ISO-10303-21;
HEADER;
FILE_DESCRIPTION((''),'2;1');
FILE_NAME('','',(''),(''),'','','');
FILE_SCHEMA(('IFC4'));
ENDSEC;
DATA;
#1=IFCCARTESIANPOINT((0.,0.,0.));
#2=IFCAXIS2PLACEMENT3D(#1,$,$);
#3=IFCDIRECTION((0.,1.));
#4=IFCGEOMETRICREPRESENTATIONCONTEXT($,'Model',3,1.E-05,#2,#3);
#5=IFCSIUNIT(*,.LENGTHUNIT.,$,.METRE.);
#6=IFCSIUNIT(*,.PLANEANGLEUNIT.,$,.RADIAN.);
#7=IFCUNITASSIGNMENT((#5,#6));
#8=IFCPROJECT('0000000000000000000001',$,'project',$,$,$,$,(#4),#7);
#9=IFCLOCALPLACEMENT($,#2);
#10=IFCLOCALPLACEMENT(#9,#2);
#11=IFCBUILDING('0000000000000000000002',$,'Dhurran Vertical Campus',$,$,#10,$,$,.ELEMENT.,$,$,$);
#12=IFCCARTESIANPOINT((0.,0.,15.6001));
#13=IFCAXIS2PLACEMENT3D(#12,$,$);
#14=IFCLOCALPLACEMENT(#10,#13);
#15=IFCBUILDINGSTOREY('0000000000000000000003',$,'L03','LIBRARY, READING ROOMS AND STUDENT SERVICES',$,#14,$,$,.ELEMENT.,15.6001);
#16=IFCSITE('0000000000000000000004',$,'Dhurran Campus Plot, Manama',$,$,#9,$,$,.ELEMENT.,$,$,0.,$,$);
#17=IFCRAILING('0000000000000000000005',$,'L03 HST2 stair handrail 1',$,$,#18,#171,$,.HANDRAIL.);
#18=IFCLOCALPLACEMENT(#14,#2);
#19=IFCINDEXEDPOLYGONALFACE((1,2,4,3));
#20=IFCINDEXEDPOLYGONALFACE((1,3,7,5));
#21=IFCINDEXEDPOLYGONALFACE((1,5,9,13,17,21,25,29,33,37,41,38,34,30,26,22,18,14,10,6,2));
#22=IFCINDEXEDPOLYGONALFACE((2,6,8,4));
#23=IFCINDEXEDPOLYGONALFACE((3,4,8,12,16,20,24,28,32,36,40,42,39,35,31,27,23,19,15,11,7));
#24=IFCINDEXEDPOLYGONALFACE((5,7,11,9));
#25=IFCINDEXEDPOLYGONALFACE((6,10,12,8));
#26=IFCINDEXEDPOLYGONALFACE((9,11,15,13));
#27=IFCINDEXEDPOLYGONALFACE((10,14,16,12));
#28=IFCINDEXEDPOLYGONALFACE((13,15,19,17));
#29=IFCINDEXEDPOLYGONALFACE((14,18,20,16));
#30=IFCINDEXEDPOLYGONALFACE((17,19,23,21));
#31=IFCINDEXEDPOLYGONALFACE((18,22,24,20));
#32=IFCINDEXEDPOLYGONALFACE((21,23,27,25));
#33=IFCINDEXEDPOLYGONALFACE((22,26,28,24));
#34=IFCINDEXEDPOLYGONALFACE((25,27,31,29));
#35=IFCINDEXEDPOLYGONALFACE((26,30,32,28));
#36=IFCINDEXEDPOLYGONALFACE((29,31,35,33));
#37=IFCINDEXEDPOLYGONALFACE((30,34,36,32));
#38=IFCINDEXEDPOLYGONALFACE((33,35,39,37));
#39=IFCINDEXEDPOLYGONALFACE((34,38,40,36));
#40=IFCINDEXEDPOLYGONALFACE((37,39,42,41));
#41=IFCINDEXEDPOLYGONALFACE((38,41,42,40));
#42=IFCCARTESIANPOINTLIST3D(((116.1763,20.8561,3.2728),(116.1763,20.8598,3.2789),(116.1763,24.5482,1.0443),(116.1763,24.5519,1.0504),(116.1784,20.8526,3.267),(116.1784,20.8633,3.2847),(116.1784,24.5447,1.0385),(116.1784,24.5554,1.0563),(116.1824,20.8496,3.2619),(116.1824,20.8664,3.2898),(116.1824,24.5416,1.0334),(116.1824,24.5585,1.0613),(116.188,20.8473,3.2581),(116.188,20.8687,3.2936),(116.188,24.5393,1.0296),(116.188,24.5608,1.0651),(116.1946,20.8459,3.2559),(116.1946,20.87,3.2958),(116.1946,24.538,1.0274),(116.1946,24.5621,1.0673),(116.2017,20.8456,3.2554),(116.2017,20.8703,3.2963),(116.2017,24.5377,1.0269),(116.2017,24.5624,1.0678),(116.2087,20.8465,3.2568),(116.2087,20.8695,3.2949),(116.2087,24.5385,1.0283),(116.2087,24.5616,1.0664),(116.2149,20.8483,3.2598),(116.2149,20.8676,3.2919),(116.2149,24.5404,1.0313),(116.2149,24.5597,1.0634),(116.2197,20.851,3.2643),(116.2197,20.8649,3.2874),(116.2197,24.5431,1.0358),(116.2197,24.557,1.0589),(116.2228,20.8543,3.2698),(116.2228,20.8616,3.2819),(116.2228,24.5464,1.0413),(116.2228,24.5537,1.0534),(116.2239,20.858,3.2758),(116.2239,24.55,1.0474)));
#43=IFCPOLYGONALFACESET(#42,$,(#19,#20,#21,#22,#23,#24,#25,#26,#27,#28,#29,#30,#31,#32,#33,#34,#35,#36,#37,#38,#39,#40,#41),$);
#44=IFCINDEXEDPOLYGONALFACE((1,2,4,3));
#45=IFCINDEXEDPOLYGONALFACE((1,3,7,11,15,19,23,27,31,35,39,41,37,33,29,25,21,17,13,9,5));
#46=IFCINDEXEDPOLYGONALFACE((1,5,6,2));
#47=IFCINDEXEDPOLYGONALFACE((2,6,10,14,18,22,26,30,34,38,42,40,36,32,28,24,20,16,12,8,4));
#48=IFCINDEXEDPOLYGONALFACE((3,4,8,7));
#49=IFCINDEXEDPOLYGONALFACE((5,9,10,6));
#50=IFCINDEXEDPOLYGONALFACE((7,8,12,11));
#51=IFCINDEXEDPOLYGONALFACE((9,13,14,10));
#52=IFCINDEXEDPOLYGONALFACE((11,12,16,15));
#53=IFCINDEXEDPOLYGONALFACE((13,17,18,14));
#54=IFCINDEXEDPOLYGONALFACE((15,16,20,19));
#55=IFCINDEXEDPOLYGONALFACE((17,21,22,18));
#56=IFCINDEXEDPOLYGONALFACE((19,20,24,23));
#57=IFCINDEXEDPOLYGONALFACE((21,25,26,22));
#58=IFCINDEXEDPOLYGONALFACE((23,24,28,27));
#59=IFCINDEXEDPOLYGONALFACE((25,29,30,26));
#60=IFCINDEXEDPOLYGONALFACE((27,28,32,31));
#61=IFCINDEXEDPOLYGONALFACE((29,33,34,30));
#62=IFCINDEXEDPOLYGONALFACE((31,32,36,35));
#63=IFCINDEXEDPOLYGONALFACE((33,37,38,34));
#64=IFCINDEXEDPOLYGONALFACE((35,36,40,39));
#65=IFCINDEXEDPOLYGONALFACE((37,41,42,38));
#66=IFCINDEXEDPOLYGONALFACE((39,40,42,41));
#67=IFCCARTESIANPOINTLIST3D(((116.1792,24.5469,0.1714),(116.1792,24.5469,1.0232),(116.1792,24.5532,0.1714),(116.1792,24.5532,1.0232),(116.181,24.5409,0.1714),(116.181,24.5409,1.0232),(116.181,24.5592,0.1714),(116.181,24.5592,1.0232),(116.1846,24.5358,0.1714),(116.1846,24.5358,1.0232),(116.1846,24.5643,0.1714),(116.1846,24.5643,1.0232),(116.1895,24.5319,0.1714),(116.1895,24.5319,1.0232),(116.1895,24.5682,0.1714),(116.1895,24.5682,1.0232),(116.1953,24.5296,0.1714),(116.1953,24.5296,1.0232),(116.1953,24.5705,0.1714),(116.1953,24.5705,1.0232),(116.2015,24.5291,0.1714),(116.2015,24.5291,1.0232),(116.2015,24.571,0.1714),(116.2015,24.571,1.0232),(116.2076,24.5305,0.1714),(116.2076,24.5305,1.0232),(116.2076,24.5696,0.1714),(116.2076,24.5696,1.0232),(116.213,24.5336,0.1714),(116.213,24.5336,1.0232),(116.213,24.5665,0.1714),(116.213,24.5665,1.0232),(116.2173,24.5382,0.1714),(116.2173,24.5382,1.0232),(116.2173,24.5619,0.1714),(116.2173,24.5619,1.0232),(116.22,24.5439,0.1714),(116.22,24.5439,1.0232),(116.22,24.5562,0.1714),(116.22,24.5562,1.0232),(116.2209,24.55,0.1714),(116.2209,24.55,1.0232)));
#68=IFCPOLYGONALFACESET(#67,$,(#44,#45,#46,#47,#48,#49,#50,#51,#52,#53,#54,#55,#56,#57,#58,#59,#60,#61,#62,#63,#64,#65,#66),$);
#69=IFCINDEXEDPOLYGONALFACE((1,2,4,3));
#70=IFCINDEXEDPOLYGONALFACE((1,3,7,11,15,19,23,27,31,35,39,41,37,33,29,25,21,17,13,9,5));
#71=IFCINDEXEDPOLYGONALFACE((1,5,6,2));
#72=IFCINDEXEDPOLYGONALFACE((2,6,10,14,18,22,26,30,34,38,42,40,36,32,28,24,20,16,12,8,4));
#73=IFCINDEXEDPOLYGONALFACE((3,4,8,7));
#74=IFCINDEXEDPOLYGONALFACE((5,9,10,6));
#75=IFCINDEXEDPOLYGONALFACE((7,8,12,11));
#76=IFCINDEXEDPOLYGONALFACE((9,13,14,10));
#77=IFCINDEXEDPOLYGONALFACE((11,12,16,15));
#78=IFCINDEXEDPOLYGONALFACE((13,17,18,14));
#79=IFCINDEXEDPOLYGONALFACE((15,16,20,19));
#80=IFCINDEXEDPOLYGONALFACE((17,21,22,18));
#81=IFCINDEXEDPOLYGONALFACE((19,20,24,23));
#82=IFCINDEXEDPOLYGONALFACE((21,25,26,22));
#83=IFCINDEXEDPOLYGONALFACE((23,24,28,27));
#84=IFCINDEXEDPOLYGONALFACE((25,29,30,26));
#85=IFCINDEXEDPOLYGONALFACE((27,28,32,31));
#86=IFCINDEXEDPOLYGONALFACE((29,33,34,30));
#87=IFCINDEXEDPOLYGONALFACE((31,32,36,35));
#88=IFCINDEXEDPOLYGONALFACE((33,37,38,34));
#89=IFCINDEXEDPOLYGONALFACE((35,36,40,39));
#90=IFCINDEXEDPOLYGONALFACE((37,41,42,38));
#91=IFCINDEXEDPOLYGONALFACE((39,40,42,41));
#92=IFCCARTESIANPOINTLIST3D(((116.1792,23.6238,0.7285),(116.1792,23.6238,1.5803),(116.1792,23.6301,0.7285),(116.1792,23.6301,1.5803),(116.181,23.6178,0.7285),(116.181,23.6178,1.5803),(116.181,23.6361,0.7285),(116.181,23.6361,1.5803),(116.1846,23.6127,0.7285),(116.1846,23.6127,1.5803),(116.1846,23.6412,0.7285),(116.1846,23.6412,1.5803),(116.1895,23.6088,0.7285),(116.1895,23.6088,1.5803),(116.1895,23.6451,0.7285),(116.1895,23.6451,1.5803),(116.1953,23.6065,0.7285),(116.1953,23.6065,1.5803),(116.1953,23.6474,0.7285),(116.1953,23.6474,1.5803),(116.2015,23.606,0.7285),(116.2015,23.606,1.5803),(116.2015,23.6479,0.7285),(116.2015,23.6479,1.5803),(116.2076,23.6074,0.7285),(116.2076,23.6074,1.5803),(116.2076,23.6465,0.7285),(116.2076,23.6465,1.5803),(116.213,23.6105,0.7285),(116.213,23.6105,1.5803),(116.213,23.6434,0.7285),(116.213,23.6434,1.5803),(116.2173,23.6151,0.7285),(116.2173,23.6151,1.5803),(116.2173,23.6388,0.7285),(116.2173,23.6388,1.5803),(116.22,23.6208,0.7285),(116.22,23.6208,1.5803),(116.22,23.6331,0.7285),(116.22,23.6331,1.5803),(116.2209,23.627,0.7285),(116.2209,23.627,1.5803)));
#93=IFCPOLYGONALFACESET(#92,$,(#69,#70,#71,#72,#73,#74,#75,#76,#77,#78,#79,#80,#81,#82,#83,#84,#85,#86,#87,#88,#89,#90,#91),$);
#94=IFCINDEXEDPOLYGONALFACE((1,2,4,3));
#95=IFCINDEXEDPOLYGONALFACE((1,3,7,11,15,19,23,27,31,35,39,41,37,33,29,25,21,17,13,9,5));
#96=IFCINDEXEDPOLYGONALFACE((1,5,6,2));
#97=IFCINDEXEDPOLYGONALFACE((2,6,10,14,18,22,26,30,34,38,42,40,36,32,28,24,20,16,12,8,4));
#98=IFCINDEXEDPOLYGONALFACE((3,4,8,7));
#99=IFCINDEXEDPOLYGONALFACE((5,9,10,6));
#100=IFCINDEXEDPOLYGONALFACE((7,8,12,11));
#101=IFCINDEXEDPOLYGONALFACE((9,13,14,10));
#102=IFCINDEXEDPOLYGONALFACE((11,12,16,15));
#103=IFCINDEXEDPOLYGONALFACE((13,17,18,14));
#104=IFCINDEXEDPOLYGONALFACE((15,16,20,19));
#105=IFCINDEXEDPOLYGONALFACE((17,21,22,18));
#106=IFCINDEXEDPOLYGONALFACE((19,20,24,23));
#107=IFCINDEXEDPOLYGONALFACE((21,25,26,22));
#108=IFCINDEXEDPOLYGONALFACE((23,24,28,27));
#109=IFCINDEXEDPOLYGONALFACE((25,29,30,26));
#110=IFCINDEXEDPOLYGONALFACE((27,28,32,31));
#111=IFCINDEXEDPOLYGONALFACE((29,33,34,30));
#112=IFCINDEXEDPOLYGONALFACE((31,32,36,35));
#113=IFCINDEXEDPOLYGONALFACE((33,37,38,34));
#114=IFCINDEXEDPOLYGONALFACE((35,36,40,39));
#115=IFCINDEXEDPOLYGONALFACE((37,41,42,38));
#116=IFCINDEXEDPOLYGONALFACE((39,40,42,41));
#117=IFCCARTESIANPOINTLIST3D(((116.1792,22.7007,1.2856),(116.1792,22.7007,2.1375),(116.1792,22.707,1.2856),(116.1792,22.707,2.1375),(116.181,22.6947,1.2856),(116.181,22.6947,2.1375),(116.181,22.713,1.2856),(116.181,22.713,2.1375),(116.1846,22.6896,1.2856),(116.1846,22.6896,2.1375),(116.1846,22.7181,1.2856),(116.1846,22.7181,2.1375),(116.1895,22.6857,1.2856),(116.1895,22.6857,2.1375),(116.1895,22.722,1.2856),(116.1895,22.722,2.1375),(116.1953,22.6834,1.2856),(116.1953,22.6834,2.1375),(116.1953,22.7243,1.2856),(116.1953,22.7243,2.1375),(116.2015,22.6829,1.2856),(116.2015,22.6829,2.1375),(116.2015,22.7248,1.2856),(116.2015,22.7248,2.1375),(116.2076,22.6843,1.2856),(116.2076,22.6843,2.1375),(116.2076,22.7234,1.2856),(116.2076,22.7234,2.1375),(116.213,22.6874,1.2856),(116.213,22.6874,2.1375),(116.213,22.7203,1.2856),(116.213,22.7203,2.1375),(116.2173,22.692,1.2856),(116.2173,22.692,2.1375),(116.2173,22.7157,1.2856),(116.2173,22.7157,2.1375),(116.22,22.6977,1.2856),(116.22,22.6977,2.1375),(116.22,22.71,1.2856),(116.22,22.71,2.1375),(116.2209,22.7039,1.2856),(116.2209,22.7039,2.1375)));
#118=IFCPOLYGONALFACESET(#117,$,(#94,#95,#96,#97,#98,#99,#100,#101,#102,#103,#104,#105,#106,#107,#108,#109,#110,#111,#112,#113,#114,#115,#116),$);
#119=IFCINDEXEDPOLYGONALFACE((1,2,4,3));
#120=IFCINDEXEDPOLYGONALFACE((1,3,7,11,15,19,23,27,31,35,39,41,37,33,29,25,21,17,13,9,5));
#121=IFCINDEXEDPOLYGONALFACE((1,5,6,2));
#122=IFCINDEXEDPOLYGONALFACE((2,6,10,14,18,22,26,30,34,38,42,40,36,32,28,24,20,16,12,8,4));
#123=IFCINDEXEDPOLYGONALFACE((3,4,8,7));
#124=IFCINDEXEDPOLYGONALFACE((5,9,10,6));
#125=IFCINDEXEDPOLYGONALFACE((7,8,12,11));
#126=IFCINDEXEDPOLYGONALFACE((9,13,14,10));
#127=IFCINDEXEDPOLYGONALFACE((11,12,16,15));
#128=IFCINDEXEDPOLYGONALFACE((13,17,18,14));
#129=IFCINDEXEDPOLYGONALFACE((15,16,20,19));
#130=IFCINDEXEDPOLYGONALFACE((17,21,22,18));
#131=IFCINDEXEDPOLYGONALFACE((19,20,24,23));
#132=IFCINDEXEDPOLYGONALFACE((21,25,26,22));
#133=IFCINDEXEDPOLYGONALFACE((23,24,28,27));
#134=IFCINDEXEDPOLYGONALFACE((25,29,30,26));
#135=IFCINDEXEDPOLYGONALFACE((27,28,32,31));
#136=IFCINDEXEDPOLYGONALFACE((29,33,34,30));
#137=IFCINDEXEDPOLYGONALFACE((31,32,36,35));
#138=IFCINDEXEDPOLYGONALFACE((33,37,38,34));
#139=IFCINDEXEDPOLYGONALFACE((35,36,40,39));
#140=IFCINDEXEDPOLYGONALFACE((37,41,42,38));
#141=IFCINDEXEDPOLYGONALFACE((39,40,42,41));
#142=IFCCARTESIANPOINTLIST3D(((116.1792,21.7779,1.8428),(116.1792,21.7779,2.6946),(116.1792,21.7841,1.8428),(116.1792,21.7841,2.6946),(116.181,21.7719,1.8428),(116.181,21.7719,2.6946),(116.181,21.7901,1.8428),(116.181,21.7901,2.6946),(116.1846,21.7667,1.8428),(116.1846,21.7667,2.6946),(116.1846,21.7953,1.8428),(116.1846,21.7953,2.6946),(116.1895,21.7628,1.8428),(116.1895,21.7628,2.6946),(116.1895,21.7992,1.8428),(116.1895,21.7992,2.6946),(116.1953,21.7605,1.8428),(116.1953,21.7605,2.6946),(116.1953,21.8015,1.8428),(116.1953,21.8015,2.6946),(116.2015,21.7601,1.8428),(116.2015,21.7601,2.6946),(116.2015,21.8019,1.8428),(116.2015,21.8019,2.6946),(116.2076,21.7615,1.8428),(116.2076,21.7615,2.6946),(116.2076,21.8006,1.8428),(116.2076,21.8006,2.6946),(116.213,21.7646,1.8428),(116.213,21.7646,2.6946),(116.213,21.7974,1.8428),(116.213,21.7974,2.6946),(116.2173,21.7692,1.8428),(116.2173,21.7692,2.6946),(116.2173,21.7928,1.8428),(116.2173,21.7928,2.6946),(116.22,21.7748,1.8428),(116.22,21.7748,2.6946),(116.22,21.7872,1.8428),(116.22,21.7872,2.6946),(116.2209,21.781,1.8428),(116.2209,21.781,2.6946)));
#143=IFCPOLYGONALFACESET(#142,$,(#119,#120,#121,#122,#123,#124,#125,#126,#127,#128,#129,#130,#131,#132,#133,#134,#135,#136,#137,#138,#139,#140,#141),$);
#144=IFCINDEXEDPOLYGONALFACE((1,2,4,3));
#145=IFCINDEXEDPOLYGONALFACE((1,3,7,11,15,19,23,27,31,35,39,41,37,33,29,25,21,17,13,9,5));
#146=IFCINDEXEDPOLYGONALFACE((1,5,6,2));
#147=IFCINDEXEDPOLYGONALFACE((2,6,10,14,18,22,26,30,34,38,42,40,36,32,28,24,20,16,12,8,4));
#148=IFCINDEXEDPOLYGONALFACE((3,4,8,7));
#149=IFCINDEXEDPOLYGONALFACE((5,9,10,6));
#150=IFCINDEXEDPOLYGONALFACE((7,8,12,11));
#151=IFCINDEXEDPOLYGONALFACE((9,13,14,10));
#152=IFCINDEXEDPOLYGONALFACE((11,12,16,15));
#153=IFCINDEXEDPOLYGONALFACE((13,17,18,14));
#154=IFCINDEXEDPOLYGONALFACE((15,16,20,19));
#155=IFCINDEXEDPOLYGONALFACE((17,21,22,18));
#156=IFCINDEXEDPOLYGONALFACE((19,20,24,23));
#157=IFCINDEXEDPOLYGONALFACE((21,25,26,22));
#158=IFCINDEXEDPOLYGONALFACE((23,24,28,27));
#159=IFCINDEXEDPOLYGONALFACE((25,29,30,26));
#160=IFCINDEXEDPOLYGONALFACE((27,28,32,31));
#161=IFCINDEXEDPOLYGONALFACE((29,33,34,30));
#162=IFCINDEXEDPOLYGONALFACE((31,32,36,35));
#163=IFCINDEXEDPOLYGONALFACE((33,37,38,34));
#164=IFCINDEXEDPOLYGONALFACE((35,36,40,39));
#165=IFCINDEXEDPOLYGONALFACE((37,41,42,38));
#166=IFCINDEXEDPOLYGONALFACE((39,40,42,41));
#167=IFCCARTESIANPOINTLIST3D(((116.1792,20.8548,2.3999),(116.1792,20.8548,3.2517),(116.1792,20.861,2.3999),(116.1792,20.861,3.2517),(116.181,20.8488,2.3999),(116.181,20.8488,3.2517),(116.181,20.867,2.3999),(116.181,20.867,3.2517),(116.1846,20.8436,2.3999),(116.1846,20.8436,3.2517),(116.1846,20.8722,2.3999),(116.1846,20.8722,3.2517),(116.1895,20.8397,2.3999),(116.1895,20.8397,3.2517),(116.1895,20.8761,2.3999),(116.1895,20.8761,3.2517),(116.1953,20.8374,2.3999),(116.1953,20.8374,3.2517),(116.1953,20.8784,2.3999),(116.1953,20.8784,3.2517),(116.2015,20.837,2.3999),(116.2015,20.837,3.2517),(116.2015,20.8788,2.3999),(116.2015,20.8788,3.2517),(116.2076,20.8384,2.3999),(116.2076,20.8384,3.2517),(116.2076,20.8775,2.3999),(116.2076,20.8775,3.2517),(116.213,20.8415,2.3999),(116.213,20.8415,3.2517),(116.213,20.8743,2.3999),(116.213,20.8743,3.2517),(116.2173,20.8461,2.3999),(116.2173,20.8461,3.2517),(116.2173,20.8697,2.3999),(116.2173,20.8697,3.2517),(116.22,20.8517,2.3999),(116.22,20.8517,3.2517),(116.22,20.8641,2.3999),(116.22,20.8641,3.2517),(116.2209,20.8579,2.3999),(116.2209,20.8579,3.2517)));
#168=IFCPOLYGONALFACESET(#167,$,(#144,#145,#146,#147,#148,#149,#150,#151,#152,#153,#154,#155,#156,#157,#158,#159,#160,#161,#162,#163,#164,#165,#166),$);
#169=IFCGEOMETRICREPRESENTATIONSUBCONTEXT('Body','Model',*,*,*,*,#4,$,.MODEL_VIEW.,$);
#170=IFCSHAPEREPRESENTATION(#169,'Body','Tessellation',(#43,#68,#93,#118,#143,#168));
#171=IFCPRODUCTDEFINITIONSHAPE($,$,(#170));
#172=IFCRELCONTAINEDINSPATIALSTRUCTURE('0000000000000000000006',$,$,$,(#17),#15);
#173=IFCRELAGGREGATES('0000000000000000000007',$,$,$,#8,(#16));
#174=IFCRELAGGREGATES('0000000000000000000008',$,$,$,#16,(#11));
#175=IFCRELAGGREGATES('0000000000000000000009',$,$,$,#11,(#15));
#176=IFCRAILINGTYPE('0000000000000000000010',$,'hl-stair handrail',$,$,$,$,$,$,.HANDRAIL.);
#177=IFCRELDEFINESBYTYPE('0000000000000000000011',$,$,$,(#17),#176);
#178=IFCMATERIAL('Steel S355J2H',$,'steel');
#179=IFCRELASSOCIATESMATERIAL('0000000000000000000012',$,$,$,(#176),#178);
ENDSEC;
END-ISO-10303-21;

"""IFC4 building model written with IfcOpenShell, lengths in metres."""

from ifc_helpers import new_model, si_unit, direction, frame, origin, origin_2d, place, context, subcontext, project, spatial, circle, extrude, material, type_object, element, save


model = new_model("IFC4")

# Units and contexts
model_context = context("Model", 3, precision=1e-05, world=origin(), true_north=direction((0.0, 1.0)))
body_context = subcontext(model_context, "Body", "Model", "MODEL_VIEW")
ifc_project = project(units=[si_unit("LENGTHUNIT", "METRE"), si_unit("PLANEANGLEUNIT", "RADIAN")], contexts=[model_context])

# Site, building, storey
site_placement = place(None, origin())
site = spatial("IfcSite", under=ifc_project, at=site_placement, Name="Dhurran Campus Plot, Manama", CompositionType="ELEMENT", RefElevation=0.0)
building_placement = place(site_placement, origin())
building = spatial("IfcBuilding", under=site, at=building_placement, Name="Dhurran Vertical Campus", CompositionType="ELEMENT")
storey_placement = place(building_placement, frame((0.0, 0.0, 15.6001)))
storey = spatial("IfcBuildingStorey", under=building, at=storey_placement, Name="L03", Description="LIBRARY, READING ROOMS AND STUDENT SERVICES", CompositionType="ELEMENT", Elevation=15.6001)

# Railing
ifc_material_1 = material(Name="Steel S355J2H", Category="steel")
railing_type_1 = type_object("IfcRailingType", Name="hl-stair handrail", PredefinedType="HANDRAIL", material=ifc_material_1)
railing_1_placement = place(storey_placement, frame((116.2, 24.55, 0.1714)))
element("IfcRailing", 1, at=railing_1_placement, inside=storey, type_object=railing_type_1, Name="L03 HST2 stair handrail 1", PredefinedType="HANDRAIL", context=body_context, shape_type="SweptSolid", body=[
    extrude(circle(Radius=0.0239, at=origin_2d()), frame((0.0, 0.0, 0.876), z_axis=(0.0, -0.856136, 0.51675), x_axis=(1.0, 0.0, 0.0)), (0.0, 0.0, 1.0), 4.3125),
    extrude(circle(Radius=0.021, at=origin_2d()), origin(), (0.0, 0.0, 1.0), 0.8518),
    extrude(circle(Radius=0.021, at=origin_2d()), frame((0.0, -0.9231, 0.5571)), (0.0, 0.0, 1.0), 0.8518),
    extrude(circle(Radius=0.021, at=origin_2d()), frame((0.0, -1.8462, 1.1143)), (0.0, 0.0, 1.0), 0.8518),
    extrude(circle(Radius=0.021, at=origin_2d()), frame((0.0, -2.769, 1.6714)), (0.0, 0.0, 1.0), 0.8518),
    extrude(circle(Radius=0.021, at=origin_2d()), frame((0.0, -3.6921, 2.2285)), (0.0, 0.0, 1.0), 0.8518),
])

save(model, "model.ifc")
